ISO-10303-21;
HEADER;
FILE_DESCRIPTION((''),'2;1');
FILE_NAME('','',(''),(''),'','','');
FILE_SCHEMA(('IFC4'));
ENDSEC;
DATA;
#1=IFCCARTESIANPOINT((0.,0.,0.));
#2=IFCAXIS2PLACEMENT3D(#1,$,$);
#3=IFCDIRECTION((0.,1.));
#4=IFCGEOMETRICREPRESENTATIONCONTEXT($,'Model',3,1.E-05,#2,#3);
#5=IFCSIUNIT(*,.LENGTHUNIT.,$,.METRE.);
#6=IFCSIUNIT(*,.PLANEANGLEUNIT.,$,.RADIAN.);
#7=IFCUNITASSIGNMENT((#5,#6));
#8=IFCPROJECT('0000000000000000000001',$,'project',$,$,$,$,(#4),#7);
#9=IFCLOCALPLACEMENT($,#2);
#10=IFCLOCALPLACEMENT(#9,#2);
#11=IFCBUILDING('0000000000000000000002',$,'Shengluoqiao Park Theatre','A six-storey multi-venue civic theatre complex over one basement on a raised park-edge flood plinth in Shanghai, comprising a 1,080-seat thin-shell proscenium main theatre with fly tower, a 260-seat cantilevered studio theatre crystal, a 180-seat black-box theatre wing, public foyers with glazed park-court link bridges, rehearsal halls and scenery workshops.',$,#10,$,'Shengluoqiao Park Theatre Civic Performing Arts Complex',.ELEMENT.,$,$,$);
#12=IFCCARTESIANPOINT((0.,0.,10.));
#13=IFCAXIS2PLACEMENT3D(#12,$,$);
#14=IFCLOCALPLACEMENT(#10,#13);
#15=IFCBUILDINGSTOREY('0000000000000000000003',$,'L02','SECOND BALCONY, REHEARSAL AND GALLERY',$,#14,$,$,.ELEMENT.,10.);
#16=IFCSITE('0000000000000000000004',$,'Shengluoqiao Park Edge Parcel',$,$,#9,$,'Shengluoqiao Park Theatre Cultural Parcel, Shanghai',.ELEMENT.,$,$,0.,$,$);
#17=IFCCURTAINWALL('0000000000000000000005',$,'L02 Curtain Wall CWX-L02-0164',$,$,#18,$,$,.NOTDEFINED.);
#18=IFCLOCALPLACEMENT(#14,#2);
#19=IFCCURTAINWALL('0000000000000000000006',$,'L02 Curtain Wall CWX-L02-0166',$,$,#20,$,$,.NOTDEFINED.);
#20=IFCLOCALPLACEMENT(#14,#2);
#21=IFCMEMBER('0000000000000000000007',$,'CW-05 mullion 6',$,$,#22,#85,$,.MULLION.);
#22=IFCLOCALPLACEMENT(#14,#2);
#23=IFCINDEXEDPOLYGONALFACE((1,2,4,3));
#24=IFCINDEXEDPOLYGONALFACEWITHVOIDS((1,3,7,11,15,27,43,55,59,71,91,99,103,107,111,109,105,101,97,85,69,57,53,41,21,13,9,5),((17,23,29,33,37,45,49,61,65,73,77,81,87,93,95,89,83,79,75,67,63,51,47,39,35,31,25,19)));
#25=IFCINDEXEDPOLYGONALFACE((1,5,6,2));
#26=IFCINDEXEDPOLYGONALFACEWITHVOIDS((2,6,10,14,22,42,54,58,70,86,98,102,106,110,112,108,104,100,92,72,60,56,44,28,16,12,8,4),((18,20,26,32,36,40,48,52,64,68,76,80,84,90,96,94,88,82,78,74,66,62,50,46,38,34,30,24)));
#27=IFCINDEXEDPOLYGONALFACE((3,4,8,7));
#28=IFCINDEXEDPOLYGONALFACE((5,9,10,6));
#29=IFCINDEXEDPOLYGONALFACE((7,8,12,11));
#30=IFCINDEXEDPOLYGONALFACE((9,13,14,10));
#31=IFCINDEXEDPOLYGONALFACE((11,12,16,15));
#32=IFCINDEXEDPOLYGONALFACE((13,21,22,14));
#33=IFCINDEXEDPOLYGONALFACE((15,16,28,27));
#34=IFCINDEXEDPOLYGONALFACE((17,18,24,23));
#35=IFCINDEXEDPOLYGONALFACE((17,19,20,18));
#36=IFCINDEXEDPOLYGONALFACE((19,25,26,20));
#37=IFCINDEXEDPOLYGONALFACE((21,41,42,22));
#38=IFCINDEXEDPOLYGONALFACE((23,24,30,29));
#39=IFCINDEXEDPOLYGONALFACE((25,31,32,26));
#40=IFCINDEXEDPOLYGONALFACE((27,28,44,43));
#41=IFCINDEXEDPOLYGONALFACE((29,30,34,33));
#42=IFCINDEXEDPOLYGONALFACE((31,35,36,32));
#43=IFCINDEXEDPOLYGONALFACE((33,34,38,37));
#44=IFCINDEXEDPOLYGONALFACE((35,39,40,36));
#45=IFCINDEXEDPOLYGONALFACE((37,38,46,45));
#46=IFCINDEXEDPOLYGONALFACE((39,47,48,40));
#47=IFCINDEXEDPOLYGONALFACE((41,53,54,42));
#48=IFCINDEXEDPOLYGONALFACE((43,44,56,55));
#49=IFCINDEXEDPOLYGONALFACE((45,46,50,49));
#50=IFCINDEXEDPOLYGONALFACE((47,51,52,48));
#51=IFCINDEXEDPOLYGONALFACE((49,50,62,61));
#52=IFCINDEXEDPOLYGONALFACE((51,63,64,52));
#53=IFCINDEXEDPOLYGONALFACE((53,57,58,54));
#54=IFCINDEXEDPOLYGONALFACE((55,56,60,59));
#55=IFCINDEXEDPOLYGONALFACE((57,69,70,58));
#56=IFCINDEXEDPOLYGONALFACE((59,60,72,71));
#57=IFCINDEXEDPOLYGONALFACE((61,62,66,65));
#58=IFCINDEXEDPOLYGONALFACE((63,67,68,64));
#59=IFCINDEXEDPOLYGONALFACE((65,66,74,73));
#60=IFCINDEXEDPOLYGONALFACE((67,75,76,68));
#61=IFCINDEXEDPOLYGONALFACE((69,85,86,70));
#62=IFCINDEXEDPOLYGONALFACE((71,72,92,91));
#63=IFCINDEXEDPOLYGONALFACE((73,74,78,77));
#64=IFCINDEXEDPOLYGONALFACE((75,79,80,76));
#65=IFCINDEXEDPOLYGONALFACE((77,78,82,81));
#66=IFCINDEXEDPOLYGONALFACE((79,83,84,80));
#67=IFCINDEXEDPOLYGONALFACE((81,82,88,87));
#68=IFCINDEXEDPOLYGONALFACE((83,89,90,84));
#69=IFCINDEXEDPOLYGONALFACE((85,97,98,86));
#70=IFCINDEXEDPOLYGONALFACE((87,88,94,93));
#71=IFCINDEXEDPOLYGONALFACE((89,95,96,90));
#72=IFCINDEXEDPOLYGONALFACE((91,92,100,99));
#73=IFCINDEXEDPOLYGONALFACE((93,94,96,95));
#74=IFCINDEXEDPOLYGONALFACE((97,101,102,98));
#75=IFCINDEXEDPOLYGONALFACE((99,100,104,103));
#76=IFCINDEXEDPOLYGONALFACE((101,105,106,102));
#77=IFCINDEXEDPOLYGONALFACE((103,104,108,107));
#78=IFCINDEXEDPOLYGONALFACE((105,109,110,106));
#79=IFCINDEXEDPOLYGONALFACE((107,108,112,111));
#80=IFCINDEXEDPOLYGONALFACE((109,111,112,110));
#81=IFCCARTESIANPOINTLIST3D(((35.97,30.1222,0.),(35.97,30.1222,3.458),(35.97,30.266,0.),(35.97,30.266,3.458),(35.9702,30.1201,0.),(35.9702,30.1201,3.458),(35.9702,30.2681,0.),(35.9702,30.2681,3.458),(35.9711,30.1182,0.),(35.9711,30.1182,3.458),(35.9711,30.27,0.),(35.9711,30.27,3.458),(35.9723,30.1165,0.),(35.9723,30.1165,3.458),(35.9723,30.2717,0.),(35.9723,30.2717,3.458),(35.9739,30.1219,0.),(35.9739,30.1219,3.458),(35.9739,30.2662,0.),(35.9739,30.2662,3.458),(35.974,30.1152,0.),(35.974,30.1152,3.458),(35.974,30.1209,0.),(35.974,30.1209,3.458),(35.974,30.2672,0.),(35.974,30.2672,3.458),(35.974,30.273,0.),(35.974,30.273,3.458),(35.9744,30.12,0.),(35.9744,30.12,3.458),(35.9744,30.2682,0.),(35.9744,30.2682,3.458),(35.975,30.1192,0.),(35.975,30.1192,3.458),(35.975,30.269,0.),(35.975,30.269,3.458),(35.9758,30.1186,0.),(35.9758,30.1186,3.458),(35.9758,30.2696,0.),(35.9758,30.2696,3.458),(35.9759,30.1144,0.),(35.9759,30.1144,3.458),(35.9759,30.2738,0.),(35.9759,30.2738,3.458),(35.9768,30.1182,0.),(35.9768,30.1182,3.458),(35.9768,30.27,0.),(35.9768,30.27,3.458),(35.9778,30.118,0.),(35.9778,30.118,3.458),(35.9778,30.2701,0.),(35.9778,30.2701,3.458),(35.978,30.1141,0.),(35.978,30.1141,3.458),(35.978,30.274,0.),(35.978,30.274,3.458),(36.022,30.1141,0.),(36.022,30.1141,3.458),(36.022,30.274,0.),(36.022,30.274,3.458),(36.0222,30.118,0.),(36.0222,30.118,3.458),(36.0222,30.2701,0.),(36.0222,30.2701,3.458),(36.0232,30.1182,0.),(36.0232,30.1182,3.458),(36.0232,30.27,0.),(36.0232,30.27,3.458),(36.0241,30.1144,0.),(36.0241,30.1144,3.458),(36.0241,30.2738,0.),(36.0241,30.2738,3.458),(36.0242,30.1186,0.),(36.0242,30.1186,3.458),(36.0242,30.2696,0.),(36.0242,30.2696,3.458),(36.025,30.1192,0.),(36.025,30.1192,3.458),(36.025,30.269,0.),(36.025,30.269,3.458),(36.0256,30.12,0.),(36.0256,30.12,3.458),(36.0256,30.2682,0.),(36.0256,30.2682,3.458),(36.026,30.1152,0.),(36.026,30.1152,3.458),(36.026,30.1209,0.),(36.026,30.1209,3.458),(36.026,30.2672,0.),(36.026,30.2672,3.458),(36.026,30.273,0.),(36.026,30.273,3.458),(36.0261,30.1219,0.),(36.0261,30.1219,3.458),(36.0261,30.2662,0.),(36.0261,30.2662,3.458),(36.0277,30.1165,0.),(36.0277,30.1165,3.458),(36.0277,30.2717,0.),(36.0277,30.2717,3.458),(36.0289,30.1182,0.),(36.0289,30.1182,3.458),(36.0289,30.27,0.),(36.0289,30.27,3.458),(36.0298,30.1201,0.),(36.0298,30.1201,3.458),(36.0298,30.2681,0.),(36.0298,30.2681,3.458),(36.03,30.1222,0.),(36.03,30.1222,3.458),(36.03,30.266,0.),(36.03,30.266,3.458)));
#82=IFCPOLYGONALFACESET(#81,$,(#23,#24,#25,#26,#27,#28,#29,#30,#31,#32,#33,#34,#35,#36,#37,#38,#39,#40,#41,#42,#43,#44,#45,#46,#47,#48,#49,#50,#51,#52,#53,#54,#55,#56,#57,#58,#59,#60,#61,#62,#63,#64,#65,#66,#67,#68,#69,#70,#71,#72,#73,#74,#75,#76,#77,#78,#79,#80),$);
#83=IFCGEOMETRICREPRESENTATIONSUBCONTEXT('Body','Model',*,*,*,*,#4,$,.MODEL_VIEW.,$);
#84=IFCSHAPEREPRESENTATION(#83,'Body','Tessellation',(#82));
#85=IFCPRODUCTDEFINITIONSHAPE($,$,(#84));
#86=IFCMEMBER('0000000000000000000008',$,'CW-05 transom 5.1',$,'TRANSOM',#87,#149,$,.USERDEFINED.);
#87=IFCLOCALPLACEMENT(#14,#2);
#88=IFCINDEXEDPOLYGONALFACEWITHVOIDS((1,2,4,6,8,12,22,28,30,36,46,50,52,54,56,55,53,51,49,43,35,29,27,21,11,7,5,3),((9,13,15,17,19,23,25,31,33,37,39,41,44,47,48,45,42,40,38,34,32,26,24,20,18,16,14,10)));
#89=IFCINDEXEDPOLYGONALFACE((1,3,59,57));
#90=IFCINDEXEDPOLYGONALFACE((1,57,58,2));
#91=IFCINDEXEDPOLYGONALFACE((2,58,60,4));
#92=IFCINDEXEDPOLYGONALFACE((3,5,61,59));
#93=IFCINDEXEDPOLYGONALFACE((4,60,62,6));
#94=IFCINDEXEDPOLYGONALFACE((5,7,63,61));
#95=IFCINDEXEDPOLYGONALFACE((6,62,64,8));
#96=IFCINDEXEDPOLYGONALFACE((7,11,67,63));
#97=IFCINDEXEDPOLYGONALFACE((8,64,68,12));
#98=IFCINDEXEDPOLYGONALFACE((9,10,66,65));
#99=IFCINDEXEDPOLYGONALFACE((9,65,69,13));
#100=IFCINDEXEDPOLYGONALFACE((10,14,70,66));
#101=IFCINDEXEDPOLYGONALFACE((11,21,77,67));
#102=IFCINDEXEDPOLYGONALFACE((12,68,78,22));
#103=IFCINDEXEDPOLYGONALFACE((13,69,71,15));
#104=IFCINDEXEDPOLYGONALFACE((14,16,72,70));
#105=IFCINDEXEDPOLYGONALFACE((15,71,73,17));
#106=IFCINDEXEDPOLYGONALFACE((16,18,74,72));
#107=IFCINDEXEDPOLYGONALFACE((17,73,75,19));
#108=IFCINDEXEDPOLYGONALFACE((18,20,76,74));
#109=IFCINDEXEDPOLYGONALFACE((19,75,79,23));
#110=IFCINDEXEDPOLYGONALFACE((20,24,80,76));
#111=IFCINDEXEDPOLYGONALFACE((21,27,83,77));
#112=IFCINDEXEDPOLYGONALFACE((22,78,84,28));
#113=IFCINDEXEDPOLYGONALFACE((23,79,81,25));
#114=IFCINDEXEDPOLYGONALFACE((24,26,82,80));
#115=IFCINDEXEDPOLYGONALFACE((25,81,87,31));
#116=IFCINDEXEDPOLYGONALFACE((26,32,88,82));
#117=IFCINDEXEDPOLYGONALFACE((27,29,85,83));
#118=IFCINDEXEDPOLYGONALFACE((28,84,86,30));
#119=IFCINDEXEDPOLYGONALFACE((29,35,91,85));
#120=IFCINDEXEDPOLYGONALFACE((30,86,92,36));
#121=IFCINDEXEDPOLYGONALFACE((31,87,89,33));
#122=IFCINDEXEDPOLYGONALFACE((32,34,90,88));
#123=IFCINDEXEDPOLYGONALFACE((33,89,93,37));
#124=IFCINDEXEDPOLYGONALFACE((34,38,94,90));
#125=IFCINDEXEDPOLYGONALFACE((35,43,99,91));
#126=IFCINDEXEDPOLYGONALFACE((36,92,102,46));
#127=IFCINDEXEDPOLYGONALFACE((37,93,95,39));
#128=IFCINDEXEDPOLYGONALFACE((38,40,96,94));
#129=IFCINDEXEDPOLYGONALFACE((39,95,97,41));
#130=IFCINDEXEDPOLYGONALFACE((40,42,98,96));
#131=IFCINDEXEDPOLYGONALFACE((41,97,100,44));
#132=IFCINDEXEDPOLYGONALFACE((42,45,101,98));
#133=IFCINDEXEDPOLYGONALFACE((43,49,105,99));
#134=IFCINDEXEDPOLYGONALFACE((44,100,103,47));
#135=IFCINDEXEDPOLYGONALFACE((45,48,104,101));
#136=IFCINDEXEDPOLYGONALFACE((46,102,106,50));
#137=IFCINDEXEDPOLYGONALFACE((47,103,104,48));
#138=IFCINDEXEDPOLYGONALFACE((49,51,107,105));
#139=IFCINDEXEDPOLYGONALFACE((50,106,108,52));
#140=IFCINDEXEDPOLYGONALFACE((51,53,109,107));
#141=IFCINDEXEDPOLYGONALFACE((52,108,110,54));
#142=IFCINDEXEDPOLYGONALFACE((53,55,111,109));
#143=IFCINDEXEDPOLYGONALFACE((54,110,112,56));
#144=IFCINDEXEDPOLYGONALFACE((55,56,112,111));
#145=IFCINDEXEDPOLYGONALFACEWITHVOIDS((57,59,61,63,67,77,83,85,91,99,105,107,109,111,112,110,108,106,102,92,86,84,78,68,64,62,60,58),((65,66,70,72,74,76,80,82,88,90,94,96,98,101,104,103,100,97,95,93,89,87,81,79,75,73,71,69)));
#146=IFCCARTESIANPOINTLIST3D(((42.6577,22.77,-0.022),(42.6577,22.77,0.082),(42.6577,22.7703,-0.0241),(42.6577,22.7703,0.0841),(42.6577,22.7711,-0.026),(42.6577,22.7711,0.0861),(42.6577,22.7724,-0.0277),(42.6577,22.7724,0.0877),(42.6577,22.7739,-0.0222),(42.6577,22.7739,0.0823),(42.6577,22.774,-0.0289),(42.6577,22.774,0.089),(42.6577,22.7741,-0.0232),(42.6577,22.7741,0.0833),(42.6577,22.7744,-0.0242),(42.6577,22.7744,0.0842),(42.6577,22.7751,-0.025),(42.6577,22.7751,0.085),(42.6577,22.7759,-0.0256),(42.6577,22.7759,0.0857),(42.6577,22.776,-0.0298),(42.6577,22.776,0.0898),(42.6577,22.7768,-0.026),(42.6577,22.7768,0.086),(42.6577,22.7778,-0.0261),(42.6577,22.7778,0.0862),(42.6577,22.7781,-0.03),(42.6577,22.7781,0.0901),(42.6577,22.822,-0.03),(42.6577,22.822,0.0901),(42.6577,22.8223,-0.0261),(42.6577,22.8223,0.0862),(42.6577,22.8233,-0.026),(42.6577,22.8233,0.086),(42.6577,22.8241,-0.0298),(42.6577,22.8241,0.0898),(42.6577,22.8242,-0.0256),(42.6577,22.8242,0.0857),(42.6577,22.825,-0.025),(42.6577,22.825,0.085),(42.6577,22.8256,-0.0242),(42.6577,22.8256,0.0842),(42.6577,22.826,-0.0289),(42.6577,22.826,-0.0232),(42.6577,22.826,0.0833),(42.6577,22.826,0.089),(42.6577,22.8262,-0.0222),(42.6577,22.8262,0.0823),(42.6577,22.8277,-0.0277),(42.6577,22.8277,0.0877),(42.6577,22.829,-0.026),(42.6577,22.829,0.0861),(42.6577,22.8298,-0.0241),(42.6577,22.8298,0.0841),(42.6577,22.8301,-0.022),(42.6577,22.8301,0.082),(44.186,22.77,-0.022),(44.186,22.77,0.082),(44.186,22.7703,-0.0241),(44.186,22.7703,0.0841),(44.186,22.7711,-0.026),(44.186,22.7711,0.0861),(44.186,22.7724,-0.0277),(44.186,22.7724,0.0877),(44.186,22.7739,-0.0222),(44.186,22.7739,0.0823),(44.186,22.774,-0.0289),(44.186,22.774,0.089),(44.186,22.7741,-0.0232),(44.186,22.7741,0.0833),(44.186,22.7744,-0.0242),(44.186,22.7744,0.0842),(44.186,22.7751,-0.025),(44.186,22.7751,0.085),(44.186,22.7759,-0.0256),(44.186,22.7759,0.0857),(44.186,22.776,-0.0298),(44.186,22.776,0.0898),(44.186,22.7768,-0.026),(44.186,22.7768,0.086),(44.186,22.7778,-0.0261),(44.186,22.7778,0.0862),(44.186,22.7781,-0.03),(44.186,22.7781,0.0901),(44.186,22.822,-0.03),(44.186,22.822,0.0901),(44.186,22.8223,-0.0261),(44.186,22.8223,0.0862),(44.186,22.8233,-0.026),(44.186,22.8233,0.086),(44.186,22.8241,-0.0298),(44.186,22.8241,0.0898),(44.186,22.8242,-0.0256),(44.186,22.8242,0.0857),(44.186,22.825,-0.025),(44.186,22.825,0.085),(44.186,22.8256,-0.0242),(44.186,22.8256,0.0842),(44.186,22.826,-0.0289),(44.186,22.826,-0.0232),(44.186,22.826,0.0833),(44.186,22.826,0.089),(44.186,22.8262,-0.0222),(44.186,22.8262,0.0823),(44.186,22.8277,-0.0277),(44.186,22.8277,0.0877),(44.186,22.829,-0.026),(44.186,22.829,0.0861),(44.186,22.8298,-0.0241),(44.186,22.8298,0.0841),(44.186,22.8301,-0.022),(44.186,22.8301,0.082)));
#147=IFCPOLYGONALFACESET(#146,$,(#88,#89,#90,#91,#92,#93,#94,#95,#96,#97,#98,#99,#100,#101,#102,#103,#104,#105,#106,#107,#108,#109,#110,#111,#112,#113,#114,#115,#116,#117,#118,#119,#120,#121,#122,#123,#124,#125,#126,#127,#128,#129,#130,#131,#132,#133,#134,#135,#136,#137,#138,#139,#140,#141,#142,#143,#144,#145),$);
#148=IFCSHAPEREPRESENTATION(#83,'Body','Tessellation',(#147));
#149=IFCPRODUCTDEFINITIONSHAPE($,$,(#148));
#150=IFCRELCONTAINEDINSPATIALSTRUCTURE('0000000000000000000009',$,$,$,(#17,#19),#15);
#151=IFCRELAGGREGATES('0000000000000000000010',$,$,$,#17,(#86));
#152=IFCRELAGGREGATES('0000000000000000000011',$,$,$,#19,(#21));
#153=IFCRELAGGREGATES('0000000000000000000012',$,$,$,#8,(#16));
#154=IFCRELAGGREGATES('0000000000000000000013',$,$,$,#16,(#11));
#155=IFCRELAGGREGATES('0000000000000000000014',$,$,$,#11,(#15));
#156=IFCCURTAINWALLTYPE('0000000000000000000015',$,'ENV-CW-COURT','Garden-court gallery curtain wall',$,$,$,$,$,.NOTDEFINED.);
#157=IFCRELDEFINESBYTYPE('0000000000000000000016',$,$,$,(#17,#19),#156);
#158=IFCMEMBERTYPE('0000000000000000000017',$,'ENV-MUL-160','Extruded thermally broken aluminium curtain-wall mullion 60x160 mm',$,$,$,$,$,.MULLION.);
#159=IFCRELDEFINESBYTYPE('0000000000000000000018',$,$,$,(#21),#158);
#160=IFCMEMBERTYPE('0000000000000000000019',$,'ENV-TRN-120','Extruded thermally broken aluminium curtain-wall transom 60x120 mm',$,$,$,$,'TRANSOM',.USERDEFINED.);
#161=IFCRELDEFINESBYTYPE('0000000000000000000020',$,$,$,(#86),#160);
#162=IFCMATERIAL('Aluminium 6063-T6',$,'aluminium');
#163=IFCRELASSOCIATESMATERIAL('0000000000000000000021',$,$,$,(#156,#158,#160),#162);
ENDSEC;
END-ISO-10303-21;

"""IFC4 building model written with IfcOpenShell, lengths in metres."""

from ifc_helpers import new_model, si_unit, direction, frame, origin, origin_2d, place, context, subcontext, project, spatial, hollow_rectangle, extrude, material, material_profile, profile_set, type_object, element, aggregate, save


model = new_model("IFC4")

# Units and contexts
model_context = context("Model", 3, precision=1e-05, world=origin(), true_north=direction((0.0, 1.0)))
body_context = subcontext(model_context, "Body", "Model", "MODEL_VIEW")
ifc_project = project(units=[si_unit("LENGTHUNIT", "METRE"), si_unit("PLANEANGLEUNIT", "RADIAN")], contexts=[model_context])

# Site, building, storey
site_placement = place(None, origin())
site = spatial("IfcSite", under=ifc_project, at=site_placement, Name="Shengluoqiao Park Edge Parcel", LongName="Shengluoqiao Park Theatre Cultural Parcel, Shanghai", CompositionType="ELEMENT", RefElevation=0.0)
building_placement = place(site_placement, origin())
building = spatial("IfcBuilding", under=site, at=building_placement, Name="Shengluoqiao Park Theatre", Description="A six-storey multi-venue civic theatre complex over one basement on a raised park-edge flood plinth in Shanghai, comprising a 1,080-seat thin-shell proscenium main theatre with fly tower, a 260-seat cantilevered studio theatre crystal, a 180-seat black-box theatre wing, public foyers with glazed park-court link bridges, rehearsal halls and scenery workshops.", LongName="Shengluoqiao Park Theatre Civic Performing Arts Complex", CompositionType="ELEMENT")
storey_placement = place(building_placement, frame((0.0, 0.0, 10.0)))
storey = spatial("IfcBuildingStorey", under=building, at=storey_placement, Name="L02", Description="SECOND BALCONY, REHEARSAL AND GALLERY", CompositionType="ELEMENT", Elevation=10.0)

# Curtain walls, member
ifc_material_1 = material(Name="Aluminium 6063-T6", Category="aluminium")
curtain_wall_type = type_object("IfcCurtainWallType", Name="ENV-CW-COURT", Description="Garden-court gallery curtain wall", PredefinedType="NOTDEFINED", material=ifc_material_1)
curtain_wall_1_placement = place(storey_placement, origin())
curtain_wall_1 = element("IfcCurtainWall", 1, at=curtain_wall_1_placement, inside=storey, type_object=curtain_wall_type, Name="L02 Curtain Wall CWX-L02-0164", PredefinedType="NOTDEFINED")
ifc_material_profile_1 = material_profile(ifc_material_1, hollow_rectangle(XDim=0.0601, YDim=0.1599, WallThickness=0.0039, InnerFilletRadius=0.0039, OuterFilletRadius=0.0081, at=origin_2d()), Name="ALU MULLION 160x60x4")
ifc_profile_set_1 = profile_set([ifc_material_profile_1], Name="Aluminium 6063-T6")
member_type_1 = type_object("IfcMemberType", Name="ENV-MUL-160", Description="Extruded thermally broken aluminium curtain-wall mullion 60x160 mm", PredefinedType="MULLION", material=ifc_profile_set_1)
curtain_wall_2_placement = place(storey_placement, origin())
curtain_wall_2 = element("IfcCurtainWall", 2, at=curtain_wall_2_placement, inside=storey, type_object=curtain_wall_type, Name="L02 Curtain Wall CWX-L02-0166", PredefinedType="NOTDEFINED")
member_1_placement = place(storey_placement, frame((36.0, 30.1941, 0.0), z_axis=(0.0, 0.0, 1.0), x_axis=(-1.0, 0.0, 0.0)))
member_1 = element("IfcMember", 3, at=member_1_placement, type_object=member_type_1, Name="CW-05 mullion 6", PredefinedType="MULLION", context=body_context, shape_type="SweptSolid", body=[
    extrude(hollow_rectangle(XDim=0.0601, YDim=0.1599, WallThickness=0.0039, InnerFilletRadius=0.0039, OuterFilletRadius=0.0081, at=origin_2d()), origin(), (0.0, 0.0, 1.0), 3.458),
])

# Member
ifc_material_profile_2 = material_profile(ifc_material_1, hollow_rectangle(XDim=0.0601, YDim=0.1201, WallThickness=0.0039, InnerFilletRadius=0.0039, OuterFilletRadius=0.0081, at=origin_2d()), Name="ALU TRANSOM 120x60x4")
ifc_profile_set_2 = profile_set([ifc_material_profile_2], Name="Aluminium 6063-T6")
member_type_2 = type_object("IfcMemberType", Name="ENV-TRN-120", Description="Extruded thermally broken aluminium curtain-wall transom 60x120 mm", ElementType="TRANSOM", PredefinedType="USERDEFINED", material=ifc_profile_set_2)
member_2_placement = place(storey_placement, frame((42.6577, 22.8, 0.03), z_axis=(1.0, 0.0, 0.0), x_axis=(0.0, 1.0, 0.0)))
member_2 = element("IfcMember", 4, at=member_2_placement, type_object=member_type_2, Name="CW-05 transom 5.1", ObjectType="TRANSOM", PredefinedType="USERDEFINED", context=body_context, shape_type="SweptSolid", body=[
    extrude(hollow_rectangle(XDim=0.0601, YDim=0.1201, WallThickness=0.0039, InnerFilletRadius=0.0039, OuterFilletRadius=0.0081, at=origin_2d()), origin(), (0.0, 0.0, 1.0), 1.5283),
])

aggregate(curtain_wall_1, [member_2])
aggregate(curtain_wall_2, [member_1])

save(model, "model.ifc")
